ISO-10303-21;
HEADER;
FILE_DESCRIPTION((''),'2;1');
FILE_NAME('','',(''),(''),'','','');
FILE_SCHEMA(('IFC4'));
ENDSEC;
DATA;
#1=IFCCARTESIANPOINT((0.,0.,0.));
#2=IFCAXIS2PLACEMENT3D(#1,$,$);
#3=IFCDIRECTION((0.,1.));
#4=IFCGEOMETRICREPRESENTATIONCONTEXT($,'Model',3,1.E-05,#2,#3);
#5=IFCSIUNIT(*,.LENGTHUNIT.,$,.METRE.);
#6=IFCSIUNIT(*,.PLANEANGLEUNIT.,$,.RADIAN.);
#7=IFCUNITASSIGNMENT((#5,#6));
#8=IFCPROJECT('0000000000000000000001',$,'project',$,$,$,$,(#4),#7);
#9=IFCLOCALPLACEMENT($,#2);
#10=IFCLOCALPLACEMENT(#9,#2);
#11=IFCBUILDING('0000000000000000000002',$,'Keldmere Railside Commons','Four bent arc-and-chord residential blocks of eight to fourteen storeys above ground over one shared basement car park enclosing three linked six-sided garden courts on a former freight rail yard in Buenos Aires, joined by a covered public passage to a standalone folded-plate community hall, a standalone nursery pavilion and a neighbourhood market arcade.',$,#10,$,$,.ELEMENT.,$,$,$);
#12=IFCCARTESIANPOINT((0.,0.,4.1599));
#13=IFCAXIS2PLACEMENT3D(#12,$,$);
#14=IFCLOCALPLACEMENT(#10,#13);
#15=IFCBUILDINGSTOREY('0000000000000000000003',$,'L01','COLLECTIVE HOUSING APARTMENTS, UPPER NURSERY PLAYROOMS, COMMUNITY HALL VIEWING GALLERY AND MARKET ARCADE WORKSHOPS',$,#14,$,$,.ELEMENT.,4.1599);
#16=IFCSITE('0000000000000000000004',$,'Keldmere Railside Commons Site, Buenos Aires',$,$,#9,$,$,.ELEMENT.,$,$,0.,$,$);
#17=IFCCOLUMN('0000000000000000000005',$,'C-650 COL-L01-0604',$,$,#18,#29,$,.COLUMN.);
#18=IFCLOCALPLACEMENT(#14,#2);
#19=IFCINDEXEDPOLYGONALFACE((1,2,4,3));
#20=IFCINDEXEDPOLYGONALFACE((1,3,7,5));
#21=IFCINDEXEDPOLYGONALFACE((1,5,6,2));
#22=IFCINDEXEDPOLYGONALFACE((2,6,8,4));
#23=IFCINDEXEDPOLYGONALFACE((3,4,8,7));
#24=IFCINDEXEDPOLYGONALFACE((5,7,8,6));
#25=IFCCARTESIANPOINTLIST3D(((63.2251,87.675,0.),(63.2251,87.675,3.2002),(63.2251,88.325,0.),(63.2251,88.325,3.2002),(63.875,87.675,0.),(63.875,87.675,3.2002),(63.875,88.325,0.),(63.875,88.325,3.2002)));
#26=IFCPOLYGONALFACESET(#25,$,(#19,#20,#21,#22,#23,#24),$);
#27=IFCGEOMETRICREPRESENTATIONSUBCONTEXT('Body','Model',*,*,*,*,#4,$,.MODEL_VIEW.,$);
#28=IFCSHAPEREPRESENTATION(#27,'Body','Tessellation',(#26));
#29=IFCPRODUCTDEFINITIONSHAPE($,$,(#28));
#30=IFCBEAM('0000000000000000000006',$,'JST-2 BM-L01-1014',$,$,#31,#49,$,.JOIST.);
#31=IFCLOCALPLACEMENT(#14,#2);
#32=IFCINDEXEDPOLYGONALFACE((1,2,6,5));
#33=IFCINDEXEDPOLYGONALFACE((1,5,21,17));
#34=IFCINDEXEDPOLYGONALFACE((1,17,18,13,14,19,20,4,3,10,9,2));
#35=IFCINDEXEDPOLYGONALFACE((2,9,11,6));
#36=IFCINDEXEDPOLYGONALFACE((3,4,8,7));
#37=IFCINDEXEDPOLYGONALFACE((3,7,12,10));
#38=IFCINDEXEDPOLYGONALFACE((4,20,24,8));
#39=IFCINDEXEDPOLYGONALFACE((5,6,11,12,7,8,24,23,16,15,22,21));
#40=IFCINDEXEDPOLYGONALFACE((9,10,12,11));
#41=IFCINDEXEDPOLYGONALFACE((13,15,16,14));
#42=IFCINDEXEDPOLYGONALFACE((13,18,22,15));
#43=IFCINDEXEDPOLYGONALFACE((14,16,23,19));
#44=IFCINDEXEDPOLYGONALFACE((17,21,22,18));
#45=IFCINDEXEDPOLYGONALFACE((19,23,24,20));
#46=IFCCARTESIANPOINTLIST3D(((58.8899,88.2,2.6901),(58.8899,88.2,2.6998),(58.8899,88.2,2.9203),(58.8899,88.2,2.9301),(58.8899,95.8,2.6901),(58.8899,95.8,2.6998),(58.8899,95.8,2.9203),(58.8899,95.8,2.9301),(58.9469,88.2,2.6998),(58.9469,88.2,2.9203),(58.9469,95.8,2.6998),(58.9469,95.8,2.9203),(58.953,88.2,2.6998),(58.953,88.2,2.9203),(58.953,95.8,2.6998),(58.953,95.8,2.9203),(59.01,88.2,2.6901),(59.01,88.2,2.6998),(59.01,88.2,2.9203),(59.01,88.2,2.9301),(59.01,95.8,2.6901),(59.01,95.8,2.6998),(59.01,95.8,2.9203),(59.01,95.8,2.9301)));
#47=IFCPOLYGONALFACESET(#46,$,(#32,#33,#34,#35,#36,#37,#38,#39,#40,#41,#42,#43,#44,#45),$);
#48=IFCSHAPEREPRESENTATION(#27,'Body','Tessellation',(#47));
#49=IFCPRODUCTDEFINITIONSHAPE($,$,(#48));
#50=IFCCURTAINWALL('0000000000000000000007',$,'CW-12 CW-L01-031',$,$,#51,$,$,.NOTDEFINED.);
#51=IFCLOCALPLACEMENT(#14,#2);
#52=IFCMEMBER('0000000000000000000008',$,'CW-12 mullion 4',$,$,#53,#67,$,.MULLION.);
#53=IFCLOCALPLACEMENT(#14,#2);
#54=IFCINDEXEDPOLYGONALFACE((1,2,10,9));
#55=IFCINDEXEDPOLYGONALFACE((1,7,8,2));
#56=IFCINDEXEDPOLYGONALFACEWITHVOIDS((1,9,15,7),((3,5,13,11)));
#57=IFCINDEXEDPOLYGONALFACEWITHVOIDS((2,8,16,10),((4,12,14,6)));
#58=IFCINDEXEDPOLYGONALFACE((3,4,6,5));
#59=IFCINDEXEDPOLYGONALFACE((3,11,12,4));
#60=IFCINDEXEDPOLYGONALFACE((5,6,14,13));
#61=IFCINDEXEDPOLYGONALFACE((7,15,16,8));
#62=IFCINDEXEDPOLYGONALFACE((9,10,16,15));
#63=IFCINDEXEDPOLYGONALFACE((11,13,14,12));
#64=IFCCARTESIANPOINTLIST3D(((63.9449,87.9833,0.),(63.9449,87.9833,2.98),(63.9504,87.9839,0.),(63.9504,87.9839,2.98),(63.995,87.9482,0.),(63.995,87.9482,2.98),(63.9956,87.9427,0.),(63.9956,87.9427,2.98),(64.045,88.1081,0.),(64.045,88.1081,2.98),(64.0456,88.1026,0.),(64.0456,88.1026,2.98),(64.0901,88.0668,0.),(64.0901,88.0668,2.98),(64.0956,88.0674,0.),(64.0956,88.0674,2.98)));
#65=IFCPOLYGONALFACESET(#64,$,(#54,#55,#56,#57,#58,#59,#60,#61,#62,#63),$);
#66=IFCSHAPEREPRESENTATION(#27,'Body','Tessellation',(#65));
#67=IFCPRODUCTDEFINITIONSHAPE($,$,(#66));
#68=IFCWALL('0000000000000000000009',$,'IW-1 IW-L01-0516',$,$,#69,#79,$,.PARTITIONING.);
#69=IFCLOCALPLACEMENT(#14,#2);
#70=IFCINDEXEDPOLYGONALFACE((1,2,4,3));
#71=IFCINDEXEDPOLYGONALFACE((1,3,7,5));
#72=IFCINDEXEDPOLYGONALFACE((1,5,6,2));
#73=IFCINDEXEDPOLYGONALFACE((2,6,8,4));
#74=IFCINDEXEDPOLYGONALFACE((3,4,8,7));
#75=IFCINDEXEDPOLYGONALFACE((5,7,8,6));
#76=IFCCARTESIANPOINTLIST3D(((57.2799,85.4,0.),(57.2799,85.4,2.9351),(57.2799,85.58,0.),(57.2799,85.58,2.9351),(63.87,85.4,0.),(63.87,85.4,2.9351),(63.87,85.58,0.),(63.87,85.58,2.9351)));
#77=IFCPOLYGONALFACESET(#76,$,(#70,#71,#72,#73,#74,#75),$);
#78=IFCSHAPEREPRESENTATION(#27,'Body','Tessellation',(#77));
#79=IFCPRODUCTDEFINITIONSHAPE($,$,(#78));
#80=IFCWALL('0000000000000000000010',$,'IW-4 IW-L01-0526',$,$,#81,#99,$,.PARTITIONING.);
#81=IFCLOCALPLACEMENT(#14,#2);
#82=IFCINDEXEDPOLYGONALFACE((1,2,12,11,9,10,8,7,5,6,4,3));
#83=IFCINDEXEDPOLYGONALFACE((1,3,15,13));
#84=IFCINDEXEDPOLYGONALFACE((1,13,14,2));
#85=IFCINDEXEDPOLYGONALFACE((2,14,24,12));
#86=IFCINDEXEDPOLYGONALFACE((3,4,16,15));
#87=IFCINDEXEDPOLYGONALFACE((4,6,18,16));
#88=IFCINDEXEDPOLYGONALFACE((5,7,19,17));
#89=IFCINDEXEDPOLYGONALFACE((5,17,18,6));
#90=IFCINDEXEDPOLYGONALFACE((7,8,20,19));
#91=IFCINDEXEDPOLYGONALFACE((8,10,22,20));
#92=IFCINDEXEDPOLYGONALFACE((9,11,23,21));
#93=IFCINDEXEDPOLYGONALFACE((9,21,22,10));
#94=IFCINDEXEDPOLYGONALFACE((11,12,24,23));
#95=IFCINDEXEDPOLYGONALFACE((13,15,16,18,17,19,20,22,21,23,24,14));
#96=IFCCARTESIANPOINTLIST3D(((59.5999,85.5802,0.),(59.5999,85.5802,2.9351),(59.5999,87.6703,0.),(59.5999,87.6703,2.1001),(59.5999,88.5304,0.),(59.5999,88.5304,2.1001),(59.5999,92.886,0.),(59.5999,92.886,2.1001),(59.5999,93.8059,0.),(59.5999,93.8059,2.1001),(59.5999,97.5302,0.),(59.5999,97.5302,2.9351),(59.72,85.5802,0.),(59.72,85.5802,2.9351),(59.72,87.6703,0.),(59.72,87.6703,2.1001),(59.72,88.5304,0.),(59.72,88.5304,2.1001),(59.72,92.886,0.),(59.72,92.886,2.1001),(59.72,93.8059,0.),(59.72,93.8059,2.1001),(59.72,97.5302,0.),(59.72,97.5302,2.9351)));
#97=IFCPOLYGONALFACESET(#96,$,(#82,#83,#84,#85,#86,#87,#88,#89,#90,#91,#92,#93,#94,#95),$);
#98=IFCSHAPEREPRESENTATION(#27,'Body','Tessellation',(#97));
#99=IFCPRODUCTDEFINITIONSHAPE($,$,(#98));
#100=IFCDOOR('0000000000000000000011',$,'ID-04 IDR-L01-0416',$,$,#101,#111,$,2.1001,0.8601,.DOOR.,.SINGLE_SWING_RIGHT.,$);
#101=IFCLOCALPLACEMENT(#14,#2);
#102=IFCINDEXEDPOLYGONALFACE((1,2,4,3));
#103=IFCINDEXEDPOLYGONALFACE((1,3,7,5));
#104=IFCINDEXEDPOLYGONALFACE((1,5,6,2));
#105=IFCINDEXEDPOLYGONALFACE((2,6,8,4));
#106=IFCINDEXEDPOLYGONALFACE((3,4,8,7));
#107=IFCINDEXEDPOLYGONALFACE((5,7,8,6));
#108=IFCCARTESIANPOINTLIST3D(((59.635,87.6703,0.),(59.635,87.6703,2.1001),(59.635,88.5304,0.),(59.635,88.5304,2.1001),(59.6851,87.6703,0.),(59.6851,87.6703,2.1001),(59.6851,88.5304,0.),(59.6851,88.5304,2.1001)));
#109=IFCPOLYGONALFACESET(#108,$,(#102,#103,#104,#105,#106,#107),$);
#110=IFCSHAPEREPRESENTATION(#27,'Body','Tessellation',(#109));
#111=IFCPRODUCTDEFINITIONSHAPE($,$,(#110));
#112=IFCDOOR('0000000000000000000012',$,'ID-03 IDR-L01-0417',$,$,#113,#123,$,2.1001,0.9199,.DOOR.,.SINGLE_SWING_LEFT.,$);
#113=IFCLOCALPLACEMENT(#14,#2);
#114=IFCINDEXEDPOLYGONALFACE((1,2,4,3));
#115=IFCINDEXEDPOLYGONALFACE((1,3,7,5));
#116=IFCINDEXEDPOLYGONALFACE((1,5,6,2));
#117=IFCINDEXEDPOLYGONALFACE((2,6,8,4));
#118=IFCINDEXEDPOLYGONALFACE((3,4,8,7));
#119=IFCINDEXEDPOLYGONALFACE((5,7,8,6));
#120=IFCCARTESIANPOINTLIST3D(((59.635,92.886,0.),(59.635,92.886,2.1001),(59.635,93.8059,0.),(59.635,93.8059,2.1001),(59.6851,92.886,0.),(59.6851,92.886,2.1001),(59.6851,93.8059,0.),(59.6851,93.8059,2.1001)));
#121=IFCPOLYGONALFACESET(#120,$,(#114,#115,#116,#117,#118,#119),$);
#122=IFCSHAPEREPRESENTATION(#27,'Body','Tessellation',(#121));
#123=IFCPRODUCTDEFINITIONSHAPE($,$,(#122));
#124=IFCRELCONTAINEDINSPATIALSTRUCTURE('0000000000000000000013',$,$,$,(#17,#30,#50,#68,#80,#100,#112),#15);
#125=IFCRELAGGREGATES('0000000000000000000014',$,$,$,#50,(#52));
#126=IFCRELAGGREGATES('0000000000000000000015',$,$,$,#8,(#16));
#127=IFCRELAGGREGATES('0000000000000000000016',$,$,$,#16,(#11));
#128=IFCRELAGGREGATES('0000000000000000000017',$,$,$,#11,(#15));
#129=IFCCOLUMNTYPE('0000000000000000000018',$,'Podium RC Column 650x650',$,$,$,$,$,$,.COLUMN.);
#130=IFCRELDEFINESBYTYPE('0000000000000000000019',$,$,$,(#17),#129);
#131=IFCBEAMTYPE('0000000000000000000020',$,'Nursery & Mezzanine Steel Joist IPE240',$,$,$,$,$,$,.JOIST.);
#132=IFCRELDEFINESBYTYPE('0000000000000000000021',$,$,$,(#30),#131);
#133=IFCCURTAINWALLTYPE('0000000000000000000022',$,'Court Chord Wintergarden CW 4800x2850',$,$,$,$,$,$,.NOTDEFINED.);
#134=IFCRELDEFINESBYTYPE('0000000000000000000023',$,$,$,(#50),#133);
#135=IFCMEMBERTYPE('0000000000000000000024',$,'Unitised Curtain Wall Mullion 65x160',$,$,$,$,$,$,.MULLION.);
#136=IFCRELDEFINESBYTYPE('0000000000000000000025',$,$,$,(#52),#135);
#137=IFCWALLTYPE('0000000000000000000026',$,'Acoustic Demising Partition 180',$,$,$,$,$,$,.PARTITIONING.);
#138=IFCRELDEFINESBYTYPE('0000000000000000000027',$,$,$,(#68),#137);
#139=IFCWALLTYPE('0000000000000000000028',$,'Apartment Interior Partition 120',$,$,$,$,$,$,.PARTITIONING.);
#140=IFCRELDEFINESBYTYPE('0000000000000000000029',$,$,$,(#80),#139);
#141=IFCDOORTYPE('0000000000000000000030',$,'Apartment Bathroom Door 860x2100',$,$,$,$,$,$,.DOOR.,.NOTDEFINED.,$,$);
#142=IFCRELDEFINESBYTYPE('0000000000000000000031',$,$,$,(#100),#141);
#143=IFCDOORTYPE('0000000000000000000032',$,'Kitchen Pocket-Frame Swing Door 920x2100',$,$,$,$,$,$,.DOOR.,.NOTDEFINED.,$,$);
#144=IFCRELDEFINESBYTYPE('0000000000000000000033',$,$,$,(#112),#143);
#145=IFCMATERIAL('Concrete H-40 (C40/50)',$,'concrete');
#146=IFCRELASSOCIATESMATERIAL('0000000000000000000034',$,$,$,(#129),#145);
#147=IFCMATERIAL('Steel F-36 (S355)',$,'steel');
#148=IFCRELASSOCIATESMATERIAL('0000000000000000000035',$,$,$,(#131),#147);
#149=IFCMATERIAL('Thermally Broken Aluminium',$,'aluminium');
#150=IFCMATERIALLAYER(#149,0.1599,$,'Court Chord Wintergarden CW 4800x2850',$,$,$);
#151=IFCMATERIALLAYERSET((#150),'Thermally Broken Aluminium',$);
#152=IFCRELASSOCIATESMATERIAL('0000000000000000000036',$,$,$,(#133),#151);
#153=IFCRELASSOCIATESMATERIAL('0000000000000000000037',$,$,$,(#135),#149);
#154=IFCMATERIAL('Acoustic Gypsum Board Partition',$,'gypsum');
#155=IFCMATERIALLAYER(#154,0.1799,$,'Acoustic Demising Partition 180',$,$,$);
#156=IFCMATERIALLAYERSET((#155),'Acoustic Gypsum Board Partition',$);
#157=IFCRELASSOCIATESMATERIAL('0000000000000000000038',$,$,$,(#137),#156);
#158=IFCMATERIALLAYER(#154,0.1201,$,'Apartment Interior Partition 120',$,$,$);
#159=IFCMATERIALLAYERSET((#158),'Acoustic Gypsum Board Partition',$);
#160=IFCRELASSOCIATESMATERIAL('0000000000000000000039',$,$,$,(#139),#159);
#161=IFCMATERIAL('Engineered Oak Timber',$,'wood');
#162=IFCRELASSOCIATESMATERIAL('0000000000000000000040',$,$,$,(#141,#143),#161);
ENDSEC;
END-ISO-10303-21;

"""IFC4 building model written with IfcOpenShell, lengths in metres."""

from ifc_helpers import new_model, si_unit, direction, frame, frame_2d, origin, origin_2d, place, context, subcontext, project, spatial, rectangle, hollow_rectangle, i_section, extrude, material, layer, layer_set, material_profile, profile_set, type_object, element, fill, aggregate, save


model = new_model("IFC4")

# Units and contexts
model_context = context("Model", 3, precision=1e-05, world=origin(), true_north=direction((0.0, 1.0)))
body_context = subcontext(model_context, "Body", "Model", "MODEL_VIEW")
ifc_project = project(units=[si_unit("LENGTHUNIT", "METRE"), si_unit("PLANEANGLEUNIT", "RADIAN")], contexts=[model_context])

# Site, building, storey
site_placement = place(None, origin())
site = spatial("IfcSite", under=ifc_project, at=site_placement, Name="Keldmere Railside Commons Site, Buenos Aires", CompositionType="ELEMENT", RefElevation=0.0)
building_placement = place(site_placement, origin())
building = spatial("IfcBuilding", under=site, at=building_placement, Name="Keldmere Railside Commons", Description="Four bent arc-and-chord residential blocks of eight to fourteen storeys above ground over one shared basement car park enclosing three linked six-sided garden courts on a former freight rail yard in Buenos Aires, joined by a covered public passage to a standalone folded-plate community hall, a standalone nursery pavilion and a neighbourhood market arcade.", CompositionType="ELEMENT")
storey_placement = place(building_placement, frame((0.0, 0.0, 4.1599)))
storey = spatial("IfcBuildingStorey", under=building, at=storey_placement, Name="L01", Description="COLLECTIVE HOUSING APARTMENTS, UPPER NURSERY PLAYROOMS, COMMUNITY HALL VIEWING GALLERY AND MARKET ARCADE WORKSHOPS", CompositionType="ELEMENT", Elevation=4.1599)

# Column
ifc_material_1 = material(Name="Concrete H-40 (C40/50)", Category="concrete")
ifc_material_profile_1 = material_profile(ifc_material_1, rectangle(XDim=0.6499, YDim=0.6499, at=origin_2d()), Name="RC-650x650")
ifc_profile_set_1 = profile_set([ifc_material_profile_1], Name="Concrete H-40 (C40/50)")
column_type = type_object("IfcColumnType", Name="Podium RC Column 650x650", PredefinedType="COLUMN", material=ifc_profile_set_1)
column_placement = place(storey_placement, frame((63.55, 88.0, 0.0), z_axis=(0.0, 0.0, 1.0), x_axis=(1.0, 0.0, 0.0)))
element("IfcColumn", 1, at=column_placement, inside=storey, type_object=column_type, Name="C-650 COL-L01-0604", PredefinedType="COLUMN", context=body_context, shape_type="SweptSolid", body=[
    extrude(rectangle(XDim=0.6499, YDim=0.6499, at=origin_2d()), origin(), (0.0, 0.0, 1.0), 3.2002),
])

# Beam
ifc_material_2 = material(Name="Steel F-36 (S355)", Category="steel")
ifc_material_profile_2 = material_profile(ifc_material_2, i_section(OverallWidth=0.1201, OverallDepth=0.24, WebThickness=0.0061, FlangeThickness=0.0098, at=origin_2d()), Name="IPE-240")
ifc_profile_set_2 = profile_set([ifc_material_profile_2], Name="Steel F-36 (S355)")
beam_type = type_object("IfcBeamType", Name="Nursery & Mezzanine Steel Joist IPE240", PredefinedType="JOIST", material=ifc_profile_set_2)
beam_placement = place(storey_placement, frame((58.95, 88.2, 2.8101), z_axis=(0.0, 1.0, 0.0), x_axis=(-1.0, 0.0, 0.0)))
element("IfcBeam", 2, at=beam_placement, inside=storey, type_object=beam_type, Name="JST-2 BM-L01-1014", PredefinedType="JOIST", context=body_context, shape_type="SweptSolid", body=[
    extrude(i_section(OverallWidth=0.1201, OverallDepth=0.24, WebThickness=0.0061, FlangeThickness=0.0098, at=origin_2d()), origin(), (0.0, 0.0, 1.0), 7.6001),
])

# Curtain wall, member
ifc_material_3 = material(Name="Thermally Broken Aluminium", Category="aluminium")
ifc_layer_1 = layer(ifc_material_3, 0.1599, Name="Court Chord Wintergarden CW 4800x2850")
ifc_layer_set_1 = layer_set([ifc_layer_1], Name="Thermally Broken Aluminium")
curtain_wall_type = type_object("IfcCurtainWallType", Name="Court Chord Wintergarden CW 4800x2850", PredefinedType="NOTDEFINED", material=ifc_layer_set_1)
curtain_wall_placement = place(storey_placement, origin())
curtain_wall = element("IfcCurtainWall", 3, at=curtain_wall_placement, inside=storey, type_object=curtain_wall_type, Name="CW-12 CW-L01-031", PredefinedType="NOTDEFINED")
ifc_material_profile_3 = material_profile(ifc_material_3, hollow_rectangle(XDim=0.0649, YDim=0.1599, WallThickness=0.0039, at=origin_2d()), Name="ALU-MULL-65x160")
ifc_profile_set_3 = profile_set([ifc_material_profile_3], Name="Thermally Broken Aluminium")
member_type = type_object("IfcMemberType", Name="Unitised Curtain Wall Mullion 65x160", PredefinedType="MULLION", material=ifc_profile_set_3)
member_placement = place(storey_placement, frame((64.0203, 88.0254, 0.0), z_axis=(0.0, 0.0, 1.0), x_axis=(0.780009, -0.625768, 0.0)))
member = element("IfcMember", 4, at=member_placement, type_object=member_type, Name="CW-12 mullion 4", PredefinedType="MULLION", context=body_context, shape_type="SweptSolid", body=[
    extrude(hollow_rectangle(XDim=0.0649, YDim=0.1599, WallThickness=0.0039, at=origin_2d()), origin(), (0.0, 0.0, 1.0), 2.98),
])
aggregate(curtain_wall, [member])

# Wall
ifc_material_4 = material(Name="Acoustic Gypsum Board Partition", Category="gypsum")
ifc_layer_2 = layer(ifc_material_4, 0.1799, Name="Acoustic Demising Partition 180")
ifc_layer_set_2 = layer_set([ifc_layer_2], Name="Acoustic Gypsum Board Partition")
wall_type_1 = type_object("IfcWallType", Name="Acoustic Demising Partition 180", PredefinedType="PARTITIONING", material=ifc_layer_set_2)
wall_1_placement = place(storey_placement, frame((57.28, 85.49, 0.0), z_axis=(0.0, 0.0, 1.0), x_axis=(1.0, 0.0, 0.0)))
element("IfcWall", 5, at=wall_1_placement, inside=storey, type_object=wall_type_1, Name="IW-1 IW-L01-0516", PredefinedType="PARTITIONING", context=body_context, shape_type="SweptSolid", body=[
    extrude(rectangle(XDim=6.5901, YDim=0.1799, at=frame_2d((3.2949, 0.0))), origin(), (0.0, 0.0, 1.0), 2.9351),
])

# Wall, openings, doors
ifc_layer_3 = layer(ifc_material_4, 0.1201, Name="Apartment Interior Partition 120")
ifc_layer_set_3 = layer_set([ifc_layer_3], Name="Acoustic Gypsum Board Partition")
wall_type_2 = type_object("IfcWallType", Name="Apartment Interior Partition 120", PredefinedType="PARTITIONING", material=ifc_layer_set_3)
wall_2_placement = place(storey_placement, frame((59.6599, 85.5801, 0.0), z_axis=(0.0, 0.0, 1.0), x_axis=(0.0, 1.0, 0.0)))
wall_2 = element("IfcWall", 6, at=wall_2_placement, inside=storey, type_object=wall_type_2, Name="IW-4 IW-L01-0526", PredefinedType="PARTITIONING", context=body_context, shape_type="SweptSolid", body=[
    extrude(rectangle(XDim=11.95, YDim=0.1201, at=frame_2d((5.9751, 0.0))), origin(), (0.0, 0.0, 1.0), 2.9351),
])
opening_1_placement = place(wall_2_placement, frame((2.0901, 0.0, 0.0)))
opening_1 = element("IfcOpeningElement", 7, at=opening_1_placement, cuts=wall_2, PredefinedType="OPENING", context=body_context, shape_type="SweptSolid", body=[
    extrude(rectangle(XDim=0.8601, YDim=2.1001, at=frame_2d((0.4302, 1.05))), frame((0.0, 0.0701, 0.0), z_axis=(0.0, -1.0, 0.0), x_axis=(1.0, 0.0, 0.0)), (0.0, 0.0, 1.0), 0.1401),
])
opening_2_placement = place(wall_2_placement, frame((7.3059, 0.0, 0.0)))
opening_2 = element("IfcOpeningElement", 8, at=opening_2_placement, cuts=wall_2, PredefinedType="OPENING", context=body_context, shape_type="SweptSolid", body=[
    extrude(rectangle(XDim=0.9199, YDim=2.1001, at=frame_2d((0.46, 1.05))), frame((0.0, 0.0701, 0.0), z_axis=(0.0, -1.0, 0.0), x_axis=(1.0, 0.0, 0.0)), (0.0, 0.0, 1.0), 0.1401),
])
ifc_material_5 = material(Name="Engineered Oak Timber", Category="wood")
door_type_1 = type_object("IfcDoorType", Name="Apartment Bathroom Door 860x2100", OperationType="NOTDEFINED", PredefinedType="DOOR", material=ifc_material_5)
door_1_placement = place(opening_1_placement, origin())
door_1 = element("IfcDoor", 9, at=door_1_placement, inside=storey, type_object=door_type_1, Name="ID-04 IDR-L01-0416", OperationType="SINGLE_SWING_RIGHT", OverallHeight=2.1001, OverallWidth=0.8601, PredefinedType="DOOR", context=body_context, shape_type="SweptSolid", body=[
    extrude(rectangle(XDim=0.8601, YDim=2.1001, at=frame_2d((0.4302, 1.05))), frame((0.0, 0.0249, 0.0), z_axis=(0.0, -1.0, 0.0), x_axis=(1.0, 0.0, 0.0)), (0.0, 0.0, 1.0), 0.05),
])
fill(opening_1, door_1)
door_type_2 = type_object("IfcDoorType", Name="Kitchen Pocket-Frame Swing Door 920x2100", OperationType="NOTDEFINED", PredefinedType="DOOR", material=ifc_material_5)
door_2_placement = place(opening_2_placement, origin())
door_2 = element("IfcDoor", 10, at=door_2_placement, inside=storey, type_object=door_type_2, Name="ID-03 IDR-L01-0417", OperationType="SINGLE_SWING_LEFT", OverallHeight=2.1001, OverallWidth=0.9199, PredefinedType="DOOR", context=body_context, shape_type="SweptSolid", body=[
    extrude(rectangle(XDim=0.9199, YDim=2.1001, at=frame_2d((0.46, 1.05))), frame((0.0, 0.0249, 0.0), z_axis=(0.0, -1.0, 0.0), x_axis=(1.0, 0.0, 0.0)), (0.0, 0.0, 1.0), 0.05),
])
fill(opening_2, door_2)

save(model, "model.ifc")
